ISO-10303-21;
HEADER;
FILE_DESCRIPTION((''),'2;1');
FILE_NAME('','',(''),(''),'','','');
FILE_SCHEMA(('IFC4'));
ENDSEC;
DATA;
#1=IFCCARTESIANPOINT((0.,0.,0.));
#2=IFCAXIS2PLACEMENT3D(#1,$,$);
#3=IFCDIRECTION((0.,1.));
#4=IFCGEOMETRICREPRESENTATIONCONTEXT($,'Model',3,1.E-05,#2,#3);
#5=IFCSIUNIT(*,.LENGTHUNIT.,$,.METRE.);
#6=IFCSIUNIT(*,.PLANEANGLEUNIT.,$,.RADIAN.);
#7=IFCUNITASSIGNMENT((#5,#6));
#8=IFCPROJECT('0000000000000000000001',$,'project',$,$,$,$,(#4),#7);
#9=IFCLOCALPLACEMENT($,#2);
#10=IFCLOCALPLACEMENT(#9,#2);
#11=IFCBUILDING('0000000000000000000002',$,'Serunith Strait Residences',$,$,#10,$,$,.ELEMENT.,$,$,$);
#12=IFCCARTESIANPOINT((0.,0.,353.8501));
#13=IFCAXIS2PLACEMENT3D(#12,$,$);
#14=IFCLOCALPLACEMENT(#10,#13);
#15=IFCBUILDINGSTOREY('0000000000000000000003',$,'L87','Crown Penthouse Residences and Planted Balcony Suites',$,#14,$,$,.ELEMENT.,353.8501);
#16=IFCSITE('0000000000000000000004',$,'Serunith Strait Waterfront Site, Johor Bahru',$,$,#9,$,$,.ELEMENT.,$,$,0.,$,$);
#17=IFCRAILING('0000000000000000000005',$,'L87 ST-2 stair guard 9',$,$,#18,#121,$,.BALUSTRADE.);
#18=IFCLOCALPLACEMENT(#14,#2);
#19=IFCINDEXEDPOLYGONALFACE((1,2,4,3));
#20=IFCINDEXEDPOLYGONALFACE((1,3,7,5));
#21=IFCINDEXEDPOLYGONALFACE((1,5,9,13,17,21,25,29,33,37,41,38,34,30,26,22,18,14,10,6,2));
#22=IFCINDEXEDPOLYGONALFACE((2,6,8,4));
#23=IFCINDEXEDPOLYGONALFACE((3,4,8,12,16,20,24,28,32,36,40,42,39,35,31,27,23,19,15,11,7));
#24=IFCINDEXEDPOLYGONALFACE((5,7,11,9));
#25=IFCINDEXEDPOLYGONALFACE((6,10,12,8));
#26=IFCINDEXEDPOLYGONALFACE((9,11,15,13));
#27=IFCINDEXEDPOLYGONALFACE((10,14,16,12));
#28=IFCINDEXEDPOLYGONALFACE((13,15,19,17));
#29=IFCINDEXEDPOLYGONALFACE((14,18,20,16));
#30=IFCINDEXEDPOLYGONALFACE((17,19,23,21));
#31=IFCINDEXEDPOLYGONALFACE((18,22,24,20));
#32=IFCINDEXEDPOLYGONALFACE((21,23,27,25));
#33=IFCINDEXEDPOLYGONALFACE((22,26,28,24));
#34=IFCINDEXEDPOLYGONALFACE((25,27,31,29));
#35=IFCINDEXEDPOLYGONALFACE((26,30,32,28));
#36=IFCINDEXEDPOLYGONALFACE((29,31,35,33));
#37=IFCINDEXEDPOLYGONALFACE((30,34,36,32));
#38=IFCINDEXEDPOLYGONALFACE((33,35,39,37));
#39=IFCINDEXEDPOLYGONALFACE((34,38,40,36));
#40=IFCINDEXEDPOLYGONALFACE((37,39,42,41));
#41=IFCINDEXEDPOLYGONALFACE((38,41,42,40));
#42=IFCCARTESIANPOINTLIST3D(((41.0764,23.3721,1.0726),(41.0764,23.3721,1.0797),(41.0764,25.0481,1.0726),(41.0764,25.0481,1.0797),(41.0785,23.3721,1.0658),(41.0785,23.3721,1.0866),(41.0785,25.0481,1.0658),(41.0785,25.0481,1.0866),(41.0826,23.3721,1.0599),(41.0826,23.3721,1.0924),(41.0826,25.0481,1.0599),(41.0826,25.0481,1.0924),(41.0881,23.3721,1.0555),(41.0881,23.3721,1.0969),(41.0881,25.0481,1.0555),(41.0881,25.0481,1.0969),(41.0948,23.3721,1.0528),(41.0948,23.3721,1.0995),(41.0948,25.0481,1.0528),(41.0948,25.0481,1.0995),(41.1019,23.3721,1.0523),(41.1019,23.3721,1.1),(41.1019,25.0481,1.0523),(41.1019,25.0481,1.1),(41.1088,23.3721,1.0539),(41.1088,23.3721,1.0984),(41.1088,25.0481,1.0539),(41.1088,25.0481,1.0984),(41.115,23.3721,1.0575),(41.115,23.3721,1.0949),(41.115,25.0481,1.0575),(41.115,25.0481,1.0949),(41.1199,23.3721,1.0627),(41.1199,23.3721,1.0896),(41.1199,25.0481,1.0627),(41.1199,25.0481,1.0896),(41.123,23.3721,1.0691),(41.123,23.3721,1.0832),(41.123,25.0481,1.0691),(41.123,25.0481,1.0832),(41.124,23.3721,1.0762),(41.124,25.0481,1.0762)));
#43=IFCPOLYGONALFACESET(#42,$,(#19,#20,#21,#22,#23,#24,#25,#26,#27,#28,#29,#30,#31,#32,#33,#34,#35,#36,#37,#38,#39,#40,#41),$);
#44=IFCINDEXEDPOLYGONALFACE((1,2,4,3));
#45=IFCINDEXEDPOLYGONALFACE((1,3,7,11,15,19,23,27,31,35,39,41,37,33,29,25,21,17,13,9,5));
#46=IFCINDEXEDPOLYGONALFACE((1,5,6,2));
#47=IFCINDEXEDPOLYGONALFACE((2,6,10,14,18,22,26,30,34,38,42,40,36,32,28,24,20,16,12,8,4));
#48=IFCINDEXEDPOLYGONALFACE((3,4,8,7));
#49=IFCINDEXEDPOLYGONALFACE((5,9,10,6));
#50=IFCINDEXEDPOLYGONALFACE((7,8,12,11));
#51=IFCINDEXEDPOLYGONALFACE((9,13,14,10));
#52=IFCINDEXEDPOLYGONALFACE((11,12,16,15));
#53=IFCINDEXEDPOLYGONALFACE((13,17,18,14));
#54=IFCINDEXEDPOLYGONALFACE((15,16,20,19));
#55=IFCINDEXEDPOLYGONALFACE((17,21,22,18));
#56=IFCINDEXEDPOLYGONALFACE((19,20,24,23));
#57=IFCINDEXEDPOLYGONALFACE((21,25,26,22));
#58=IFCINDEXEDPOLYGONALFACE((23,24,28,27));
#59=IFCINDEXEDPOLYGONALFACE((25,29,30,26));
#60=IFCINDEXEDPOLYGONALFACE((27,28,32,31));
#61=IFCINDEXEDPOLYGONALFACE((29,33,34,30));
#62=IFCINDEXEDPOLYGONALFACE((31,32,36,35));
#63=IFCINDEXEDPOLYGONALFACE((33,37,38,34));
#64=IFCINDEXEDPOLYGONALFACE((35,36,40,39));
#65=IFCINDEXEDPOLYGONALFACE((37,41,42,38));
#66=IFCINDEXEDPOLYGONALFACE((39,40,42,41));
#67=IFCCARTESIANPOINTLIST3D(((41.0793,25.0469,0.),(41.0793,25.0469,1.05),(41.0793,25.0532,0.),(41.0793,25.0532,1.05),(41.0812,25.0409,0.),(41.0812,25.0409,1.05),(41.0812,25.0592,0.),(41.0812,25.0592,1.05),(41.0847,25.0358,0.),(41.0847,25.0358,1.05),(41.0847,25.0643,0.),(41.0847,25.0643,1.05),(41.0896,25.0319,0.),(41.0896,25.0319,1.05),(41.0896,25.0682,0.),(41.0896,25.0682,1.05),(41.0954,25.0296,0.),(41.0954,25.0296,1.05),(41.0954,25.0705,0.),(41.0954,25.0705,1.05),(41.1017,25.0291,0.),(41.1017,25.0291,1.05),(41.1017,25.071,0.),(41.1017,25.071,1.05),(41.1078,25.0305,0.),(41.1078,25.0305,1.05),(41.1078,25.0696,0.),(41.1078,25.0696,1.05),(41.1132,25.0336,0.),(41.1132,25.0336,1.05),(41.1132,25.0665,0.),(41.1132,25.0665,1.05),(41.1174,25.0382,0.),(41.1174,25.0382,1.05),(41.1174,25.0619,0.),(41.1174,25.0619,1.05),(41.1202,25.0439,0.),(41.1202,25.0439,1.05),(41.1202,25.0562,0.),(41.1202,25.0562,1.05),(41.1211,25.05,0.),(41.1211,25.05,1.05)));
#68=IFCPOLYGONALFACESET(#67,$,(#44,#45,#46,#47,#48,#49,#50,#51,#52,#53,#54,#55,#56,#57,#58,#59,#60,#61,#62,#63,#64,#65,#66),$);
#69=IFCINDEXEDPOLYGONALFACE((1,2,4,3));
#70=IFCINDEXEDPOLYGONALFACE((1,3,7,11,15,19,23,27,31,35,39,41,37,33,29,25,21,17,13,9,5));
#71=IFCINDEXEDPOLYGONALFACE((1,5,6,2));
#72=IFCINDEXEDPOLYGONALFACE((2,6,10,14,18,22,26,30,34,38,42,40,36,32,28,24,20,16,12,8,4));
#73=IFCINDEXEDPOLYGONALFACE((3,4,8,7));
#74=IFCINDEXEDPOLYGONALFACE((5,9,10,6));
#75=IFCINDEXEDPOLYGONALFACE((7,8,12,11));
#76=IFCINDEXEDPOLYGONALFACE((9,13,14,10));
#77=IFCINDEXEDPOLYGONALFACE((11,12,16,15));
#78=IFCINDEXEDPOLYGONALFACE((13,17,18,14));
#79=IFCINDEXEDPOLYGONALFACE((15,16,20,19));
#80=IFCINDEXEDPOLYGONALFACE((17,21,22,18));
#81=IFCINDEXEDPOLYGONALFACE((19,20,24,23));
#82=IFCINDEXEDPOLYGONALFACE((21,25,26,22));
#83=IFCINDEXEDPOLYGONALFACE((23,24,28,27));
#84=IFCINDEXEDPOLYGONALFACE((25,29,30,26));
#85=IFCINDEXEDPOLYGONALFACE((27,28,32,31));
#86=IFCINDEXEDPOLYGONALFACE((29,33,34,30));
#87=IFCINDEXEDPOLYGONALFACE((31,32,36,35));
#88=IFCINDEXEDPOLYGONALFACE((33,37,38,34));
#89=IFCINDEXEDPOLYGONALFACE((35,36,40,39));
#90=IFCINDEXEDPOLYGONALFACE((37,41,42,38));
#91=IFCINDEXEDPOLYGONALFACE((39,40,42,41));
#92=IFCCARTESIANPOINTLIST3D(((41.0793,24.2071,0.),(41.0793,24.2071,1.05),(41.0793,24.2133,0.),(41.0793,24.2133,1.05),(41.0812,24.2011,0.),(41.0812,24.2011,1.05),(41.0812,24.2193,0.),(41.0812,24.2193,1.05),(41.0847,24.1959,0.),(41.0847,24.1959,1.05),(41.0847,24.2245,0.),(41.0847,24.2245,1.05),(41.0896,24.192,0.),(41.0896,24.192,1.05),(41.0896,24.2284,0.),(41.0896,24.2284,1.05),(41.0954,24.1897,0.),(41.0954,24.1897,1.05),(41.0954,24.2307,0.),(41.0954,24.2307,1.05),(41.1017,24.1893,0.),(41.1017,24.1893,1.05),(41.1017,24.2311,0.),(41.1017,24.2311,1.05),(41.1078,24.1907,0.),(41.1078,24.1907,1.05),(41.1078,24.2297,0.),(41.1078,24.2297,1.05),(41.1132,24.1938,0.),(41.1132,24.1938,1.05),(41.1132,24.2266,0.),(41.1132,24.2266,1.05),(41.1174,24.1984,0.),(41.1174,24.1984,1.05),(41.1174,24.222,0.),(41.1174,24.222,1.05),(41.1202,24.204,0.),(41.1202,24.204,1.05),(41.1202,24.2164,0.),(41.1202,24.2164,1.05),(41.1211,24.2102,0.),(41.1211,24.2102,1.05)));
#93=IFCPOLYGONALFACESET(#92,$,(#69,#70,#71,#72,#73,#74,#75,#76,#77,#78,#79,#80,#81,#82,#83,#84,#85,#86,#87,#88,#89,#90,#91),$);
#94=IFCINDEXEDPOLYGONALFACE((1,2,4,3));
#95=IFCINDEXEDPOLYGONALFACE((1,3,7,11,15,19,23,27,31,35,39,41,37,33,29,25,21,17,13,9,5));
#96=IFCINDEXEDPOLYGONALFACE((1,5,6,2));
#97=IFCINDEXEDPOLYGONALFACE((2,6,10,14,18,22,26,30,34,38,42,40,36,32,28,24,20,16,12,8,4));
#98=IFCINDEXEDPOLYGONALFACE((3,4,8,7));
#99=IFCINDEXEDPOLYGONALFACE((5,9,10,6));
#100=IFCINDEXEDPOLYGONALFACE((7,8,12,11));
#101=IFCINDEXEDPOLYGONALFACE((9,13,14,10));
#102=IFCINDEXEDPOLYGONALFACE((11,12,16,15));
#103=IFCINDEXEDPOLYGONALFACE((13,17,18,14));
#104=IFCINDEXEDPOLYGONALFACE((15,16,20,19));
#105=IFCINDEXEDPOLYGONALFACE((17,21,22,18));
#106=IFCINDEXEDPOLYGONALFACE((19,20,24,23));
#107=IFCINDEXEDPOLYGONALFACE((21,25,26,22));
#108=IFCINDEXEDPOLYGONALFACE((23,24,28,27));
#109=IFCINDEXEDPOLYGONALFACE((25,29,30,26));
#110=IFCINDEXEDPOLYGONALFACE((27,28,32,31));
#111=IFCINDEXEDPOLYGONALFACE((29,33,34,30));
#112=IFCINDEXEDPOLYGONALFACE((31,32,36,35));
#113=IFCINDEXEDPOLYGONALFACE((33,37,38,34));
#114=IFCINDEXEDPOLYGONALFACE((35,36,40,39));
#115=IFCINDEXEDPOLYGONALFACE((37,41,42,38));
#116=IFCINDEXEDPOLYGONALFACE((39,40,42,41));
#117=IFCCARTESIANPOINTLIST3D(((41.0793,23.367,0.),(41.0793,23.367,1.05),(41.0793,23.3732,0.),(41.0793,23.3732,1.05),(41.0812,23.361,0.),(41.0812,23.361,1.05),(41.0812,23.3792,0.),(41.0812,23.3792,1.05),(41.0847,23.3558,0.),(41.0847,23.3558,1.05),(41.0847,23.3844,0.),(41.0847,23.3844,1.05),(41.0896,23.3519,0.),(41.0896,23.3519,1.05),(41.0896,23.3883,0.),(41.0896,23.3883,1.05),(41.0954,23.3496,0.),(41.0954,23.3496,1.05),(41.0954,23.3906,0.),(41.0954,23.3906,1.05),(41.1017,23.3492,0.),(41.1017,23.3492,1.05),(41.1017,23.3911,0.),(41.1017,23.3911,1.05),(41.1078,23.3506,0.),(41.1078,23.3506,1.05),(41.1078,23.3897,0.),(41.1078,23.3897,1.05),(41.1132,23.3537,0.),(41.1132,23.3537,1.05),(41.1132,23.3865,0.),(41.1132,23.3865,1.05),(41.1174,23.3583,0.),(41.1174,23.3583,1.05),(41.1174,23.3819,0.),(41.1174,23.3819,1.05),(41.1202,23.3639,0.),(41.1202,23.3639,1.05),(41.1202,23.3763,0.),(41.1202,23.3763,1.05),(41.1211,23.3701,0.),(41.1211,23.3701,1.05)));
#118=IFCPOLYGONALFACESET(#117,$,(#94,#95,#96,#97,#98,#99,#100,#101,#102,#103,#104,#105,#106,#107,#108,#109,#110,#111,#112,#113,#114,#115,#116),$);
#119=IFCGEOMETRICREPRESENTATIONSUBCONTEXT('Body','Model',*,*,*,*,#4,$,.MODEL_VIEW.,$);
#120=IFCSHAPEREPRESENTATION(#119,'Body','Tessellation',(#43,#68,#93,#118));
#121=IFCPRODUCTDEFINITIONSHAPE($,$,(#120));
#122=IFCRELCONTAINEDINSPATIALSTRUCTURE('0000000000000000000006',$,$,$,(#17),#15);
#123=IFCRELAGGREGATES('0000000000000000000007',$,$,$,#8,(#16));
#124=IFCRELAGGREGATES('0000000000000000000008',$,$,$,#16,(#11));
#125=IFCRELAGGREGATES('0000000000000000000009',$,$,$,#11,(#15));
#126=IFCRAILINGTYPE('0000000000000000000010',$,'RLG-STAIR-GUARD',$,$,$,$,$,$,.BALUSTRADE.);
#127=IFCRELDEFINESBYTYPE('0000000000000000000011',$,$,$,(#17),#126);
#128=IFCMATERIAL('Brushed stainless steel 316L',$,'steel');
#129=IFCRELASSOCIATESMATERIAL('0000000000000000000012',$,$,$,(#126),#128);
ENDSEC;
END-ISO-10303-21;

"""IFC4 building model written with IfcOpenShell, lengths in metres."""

from ifc_helpers import new_model, si_unit, direction, frame, origin, origin_2d, place, context, subcontext, project, spatial, circle, extrude, material, type_object, element, save


model = new_model("IFC4")

# Units and contexts
model_context = context("Model", 3, precision=1e-05, world=origin(), true_north=direction((0.0, 1.0)))
body_context = subcontext(model_context, "Body", "Model", "MODEL_VIEW")
ifc_project = project(units=[si_unit("LENGTHUNIT", "METRE"), si_unit("PLANEANGLEUNIT", "RADIAN")], contexts=[model_context])

# Site, building, storey
site_placement = place(None, origin())
site = spatial("IfcSite", under=ifc_project, at=site_placement, Name="Serunith Strait Waterfront Site, Johor Bahru", CompositionType="ELEMENT", RefElevation=0.0)
building_placement = place(site_placement, origin())
building = spatial("IfcBuilding", under=site, at=building_placement, Name="Serunith Strait Residences", CompositionType="ELEMENT")
storey_placement = place(building_placement, frame((0.0, 0.0, 353.8501)))
storey = spatial("IfcBuildingStorey", under=building, at=storey_placement, Name="L87", Description="Crown Penthouse Residences and Planted Balcony Suites", CompositionType="ELEMENT", Elevation=353.8501)

# Railing
ifc_material_1 = material(Name="Brushed stainless steel 316L", Category="steel")
railing_type = type_object("IfcRailingType", Name="RLG-STAIR-GUARD", PredefinedType="BALUSTRADE", material=ifc_material_1)
railing_placement = place(storey_placement, frame((41.1001, 25.05, 0.0)))
element("IfcRailing", 1, at=railing_placement, inside=storey, type_object=railing_type, Name="L87 ST-2 stair guard 9", PredefinedType="BALUSTRADE", context=body_context, shape_type="SweptSolid", body=[
    extrude(circle(Radius=0.0239, at=origin_2d()), frame((0.0, -0.002, 1.0762), z_axis=(0.0, -1.0, 0.0), x_axis=(1.0, 0.0, 0.0)), (0.0, 0.0, 1.0), 1.676),
    extrude(circle(Radius=0.021, at=origin_2d()), origin(), (0.0, 0.0, 1.0), 1.05),
    extrude(circle(Radius=0.021, at=origin_2d()), frame((0.0, -0.8398, 0.0)), (0.0, 0.0, 1.0), 1.05),
    extrude(circle(Radius=0.021, at=origin_2d()), frame((0.0, -1.6799, 0.0)), (0.0, 0.0, 1.0), 1.05),
])

save(model, "model.ifc")
